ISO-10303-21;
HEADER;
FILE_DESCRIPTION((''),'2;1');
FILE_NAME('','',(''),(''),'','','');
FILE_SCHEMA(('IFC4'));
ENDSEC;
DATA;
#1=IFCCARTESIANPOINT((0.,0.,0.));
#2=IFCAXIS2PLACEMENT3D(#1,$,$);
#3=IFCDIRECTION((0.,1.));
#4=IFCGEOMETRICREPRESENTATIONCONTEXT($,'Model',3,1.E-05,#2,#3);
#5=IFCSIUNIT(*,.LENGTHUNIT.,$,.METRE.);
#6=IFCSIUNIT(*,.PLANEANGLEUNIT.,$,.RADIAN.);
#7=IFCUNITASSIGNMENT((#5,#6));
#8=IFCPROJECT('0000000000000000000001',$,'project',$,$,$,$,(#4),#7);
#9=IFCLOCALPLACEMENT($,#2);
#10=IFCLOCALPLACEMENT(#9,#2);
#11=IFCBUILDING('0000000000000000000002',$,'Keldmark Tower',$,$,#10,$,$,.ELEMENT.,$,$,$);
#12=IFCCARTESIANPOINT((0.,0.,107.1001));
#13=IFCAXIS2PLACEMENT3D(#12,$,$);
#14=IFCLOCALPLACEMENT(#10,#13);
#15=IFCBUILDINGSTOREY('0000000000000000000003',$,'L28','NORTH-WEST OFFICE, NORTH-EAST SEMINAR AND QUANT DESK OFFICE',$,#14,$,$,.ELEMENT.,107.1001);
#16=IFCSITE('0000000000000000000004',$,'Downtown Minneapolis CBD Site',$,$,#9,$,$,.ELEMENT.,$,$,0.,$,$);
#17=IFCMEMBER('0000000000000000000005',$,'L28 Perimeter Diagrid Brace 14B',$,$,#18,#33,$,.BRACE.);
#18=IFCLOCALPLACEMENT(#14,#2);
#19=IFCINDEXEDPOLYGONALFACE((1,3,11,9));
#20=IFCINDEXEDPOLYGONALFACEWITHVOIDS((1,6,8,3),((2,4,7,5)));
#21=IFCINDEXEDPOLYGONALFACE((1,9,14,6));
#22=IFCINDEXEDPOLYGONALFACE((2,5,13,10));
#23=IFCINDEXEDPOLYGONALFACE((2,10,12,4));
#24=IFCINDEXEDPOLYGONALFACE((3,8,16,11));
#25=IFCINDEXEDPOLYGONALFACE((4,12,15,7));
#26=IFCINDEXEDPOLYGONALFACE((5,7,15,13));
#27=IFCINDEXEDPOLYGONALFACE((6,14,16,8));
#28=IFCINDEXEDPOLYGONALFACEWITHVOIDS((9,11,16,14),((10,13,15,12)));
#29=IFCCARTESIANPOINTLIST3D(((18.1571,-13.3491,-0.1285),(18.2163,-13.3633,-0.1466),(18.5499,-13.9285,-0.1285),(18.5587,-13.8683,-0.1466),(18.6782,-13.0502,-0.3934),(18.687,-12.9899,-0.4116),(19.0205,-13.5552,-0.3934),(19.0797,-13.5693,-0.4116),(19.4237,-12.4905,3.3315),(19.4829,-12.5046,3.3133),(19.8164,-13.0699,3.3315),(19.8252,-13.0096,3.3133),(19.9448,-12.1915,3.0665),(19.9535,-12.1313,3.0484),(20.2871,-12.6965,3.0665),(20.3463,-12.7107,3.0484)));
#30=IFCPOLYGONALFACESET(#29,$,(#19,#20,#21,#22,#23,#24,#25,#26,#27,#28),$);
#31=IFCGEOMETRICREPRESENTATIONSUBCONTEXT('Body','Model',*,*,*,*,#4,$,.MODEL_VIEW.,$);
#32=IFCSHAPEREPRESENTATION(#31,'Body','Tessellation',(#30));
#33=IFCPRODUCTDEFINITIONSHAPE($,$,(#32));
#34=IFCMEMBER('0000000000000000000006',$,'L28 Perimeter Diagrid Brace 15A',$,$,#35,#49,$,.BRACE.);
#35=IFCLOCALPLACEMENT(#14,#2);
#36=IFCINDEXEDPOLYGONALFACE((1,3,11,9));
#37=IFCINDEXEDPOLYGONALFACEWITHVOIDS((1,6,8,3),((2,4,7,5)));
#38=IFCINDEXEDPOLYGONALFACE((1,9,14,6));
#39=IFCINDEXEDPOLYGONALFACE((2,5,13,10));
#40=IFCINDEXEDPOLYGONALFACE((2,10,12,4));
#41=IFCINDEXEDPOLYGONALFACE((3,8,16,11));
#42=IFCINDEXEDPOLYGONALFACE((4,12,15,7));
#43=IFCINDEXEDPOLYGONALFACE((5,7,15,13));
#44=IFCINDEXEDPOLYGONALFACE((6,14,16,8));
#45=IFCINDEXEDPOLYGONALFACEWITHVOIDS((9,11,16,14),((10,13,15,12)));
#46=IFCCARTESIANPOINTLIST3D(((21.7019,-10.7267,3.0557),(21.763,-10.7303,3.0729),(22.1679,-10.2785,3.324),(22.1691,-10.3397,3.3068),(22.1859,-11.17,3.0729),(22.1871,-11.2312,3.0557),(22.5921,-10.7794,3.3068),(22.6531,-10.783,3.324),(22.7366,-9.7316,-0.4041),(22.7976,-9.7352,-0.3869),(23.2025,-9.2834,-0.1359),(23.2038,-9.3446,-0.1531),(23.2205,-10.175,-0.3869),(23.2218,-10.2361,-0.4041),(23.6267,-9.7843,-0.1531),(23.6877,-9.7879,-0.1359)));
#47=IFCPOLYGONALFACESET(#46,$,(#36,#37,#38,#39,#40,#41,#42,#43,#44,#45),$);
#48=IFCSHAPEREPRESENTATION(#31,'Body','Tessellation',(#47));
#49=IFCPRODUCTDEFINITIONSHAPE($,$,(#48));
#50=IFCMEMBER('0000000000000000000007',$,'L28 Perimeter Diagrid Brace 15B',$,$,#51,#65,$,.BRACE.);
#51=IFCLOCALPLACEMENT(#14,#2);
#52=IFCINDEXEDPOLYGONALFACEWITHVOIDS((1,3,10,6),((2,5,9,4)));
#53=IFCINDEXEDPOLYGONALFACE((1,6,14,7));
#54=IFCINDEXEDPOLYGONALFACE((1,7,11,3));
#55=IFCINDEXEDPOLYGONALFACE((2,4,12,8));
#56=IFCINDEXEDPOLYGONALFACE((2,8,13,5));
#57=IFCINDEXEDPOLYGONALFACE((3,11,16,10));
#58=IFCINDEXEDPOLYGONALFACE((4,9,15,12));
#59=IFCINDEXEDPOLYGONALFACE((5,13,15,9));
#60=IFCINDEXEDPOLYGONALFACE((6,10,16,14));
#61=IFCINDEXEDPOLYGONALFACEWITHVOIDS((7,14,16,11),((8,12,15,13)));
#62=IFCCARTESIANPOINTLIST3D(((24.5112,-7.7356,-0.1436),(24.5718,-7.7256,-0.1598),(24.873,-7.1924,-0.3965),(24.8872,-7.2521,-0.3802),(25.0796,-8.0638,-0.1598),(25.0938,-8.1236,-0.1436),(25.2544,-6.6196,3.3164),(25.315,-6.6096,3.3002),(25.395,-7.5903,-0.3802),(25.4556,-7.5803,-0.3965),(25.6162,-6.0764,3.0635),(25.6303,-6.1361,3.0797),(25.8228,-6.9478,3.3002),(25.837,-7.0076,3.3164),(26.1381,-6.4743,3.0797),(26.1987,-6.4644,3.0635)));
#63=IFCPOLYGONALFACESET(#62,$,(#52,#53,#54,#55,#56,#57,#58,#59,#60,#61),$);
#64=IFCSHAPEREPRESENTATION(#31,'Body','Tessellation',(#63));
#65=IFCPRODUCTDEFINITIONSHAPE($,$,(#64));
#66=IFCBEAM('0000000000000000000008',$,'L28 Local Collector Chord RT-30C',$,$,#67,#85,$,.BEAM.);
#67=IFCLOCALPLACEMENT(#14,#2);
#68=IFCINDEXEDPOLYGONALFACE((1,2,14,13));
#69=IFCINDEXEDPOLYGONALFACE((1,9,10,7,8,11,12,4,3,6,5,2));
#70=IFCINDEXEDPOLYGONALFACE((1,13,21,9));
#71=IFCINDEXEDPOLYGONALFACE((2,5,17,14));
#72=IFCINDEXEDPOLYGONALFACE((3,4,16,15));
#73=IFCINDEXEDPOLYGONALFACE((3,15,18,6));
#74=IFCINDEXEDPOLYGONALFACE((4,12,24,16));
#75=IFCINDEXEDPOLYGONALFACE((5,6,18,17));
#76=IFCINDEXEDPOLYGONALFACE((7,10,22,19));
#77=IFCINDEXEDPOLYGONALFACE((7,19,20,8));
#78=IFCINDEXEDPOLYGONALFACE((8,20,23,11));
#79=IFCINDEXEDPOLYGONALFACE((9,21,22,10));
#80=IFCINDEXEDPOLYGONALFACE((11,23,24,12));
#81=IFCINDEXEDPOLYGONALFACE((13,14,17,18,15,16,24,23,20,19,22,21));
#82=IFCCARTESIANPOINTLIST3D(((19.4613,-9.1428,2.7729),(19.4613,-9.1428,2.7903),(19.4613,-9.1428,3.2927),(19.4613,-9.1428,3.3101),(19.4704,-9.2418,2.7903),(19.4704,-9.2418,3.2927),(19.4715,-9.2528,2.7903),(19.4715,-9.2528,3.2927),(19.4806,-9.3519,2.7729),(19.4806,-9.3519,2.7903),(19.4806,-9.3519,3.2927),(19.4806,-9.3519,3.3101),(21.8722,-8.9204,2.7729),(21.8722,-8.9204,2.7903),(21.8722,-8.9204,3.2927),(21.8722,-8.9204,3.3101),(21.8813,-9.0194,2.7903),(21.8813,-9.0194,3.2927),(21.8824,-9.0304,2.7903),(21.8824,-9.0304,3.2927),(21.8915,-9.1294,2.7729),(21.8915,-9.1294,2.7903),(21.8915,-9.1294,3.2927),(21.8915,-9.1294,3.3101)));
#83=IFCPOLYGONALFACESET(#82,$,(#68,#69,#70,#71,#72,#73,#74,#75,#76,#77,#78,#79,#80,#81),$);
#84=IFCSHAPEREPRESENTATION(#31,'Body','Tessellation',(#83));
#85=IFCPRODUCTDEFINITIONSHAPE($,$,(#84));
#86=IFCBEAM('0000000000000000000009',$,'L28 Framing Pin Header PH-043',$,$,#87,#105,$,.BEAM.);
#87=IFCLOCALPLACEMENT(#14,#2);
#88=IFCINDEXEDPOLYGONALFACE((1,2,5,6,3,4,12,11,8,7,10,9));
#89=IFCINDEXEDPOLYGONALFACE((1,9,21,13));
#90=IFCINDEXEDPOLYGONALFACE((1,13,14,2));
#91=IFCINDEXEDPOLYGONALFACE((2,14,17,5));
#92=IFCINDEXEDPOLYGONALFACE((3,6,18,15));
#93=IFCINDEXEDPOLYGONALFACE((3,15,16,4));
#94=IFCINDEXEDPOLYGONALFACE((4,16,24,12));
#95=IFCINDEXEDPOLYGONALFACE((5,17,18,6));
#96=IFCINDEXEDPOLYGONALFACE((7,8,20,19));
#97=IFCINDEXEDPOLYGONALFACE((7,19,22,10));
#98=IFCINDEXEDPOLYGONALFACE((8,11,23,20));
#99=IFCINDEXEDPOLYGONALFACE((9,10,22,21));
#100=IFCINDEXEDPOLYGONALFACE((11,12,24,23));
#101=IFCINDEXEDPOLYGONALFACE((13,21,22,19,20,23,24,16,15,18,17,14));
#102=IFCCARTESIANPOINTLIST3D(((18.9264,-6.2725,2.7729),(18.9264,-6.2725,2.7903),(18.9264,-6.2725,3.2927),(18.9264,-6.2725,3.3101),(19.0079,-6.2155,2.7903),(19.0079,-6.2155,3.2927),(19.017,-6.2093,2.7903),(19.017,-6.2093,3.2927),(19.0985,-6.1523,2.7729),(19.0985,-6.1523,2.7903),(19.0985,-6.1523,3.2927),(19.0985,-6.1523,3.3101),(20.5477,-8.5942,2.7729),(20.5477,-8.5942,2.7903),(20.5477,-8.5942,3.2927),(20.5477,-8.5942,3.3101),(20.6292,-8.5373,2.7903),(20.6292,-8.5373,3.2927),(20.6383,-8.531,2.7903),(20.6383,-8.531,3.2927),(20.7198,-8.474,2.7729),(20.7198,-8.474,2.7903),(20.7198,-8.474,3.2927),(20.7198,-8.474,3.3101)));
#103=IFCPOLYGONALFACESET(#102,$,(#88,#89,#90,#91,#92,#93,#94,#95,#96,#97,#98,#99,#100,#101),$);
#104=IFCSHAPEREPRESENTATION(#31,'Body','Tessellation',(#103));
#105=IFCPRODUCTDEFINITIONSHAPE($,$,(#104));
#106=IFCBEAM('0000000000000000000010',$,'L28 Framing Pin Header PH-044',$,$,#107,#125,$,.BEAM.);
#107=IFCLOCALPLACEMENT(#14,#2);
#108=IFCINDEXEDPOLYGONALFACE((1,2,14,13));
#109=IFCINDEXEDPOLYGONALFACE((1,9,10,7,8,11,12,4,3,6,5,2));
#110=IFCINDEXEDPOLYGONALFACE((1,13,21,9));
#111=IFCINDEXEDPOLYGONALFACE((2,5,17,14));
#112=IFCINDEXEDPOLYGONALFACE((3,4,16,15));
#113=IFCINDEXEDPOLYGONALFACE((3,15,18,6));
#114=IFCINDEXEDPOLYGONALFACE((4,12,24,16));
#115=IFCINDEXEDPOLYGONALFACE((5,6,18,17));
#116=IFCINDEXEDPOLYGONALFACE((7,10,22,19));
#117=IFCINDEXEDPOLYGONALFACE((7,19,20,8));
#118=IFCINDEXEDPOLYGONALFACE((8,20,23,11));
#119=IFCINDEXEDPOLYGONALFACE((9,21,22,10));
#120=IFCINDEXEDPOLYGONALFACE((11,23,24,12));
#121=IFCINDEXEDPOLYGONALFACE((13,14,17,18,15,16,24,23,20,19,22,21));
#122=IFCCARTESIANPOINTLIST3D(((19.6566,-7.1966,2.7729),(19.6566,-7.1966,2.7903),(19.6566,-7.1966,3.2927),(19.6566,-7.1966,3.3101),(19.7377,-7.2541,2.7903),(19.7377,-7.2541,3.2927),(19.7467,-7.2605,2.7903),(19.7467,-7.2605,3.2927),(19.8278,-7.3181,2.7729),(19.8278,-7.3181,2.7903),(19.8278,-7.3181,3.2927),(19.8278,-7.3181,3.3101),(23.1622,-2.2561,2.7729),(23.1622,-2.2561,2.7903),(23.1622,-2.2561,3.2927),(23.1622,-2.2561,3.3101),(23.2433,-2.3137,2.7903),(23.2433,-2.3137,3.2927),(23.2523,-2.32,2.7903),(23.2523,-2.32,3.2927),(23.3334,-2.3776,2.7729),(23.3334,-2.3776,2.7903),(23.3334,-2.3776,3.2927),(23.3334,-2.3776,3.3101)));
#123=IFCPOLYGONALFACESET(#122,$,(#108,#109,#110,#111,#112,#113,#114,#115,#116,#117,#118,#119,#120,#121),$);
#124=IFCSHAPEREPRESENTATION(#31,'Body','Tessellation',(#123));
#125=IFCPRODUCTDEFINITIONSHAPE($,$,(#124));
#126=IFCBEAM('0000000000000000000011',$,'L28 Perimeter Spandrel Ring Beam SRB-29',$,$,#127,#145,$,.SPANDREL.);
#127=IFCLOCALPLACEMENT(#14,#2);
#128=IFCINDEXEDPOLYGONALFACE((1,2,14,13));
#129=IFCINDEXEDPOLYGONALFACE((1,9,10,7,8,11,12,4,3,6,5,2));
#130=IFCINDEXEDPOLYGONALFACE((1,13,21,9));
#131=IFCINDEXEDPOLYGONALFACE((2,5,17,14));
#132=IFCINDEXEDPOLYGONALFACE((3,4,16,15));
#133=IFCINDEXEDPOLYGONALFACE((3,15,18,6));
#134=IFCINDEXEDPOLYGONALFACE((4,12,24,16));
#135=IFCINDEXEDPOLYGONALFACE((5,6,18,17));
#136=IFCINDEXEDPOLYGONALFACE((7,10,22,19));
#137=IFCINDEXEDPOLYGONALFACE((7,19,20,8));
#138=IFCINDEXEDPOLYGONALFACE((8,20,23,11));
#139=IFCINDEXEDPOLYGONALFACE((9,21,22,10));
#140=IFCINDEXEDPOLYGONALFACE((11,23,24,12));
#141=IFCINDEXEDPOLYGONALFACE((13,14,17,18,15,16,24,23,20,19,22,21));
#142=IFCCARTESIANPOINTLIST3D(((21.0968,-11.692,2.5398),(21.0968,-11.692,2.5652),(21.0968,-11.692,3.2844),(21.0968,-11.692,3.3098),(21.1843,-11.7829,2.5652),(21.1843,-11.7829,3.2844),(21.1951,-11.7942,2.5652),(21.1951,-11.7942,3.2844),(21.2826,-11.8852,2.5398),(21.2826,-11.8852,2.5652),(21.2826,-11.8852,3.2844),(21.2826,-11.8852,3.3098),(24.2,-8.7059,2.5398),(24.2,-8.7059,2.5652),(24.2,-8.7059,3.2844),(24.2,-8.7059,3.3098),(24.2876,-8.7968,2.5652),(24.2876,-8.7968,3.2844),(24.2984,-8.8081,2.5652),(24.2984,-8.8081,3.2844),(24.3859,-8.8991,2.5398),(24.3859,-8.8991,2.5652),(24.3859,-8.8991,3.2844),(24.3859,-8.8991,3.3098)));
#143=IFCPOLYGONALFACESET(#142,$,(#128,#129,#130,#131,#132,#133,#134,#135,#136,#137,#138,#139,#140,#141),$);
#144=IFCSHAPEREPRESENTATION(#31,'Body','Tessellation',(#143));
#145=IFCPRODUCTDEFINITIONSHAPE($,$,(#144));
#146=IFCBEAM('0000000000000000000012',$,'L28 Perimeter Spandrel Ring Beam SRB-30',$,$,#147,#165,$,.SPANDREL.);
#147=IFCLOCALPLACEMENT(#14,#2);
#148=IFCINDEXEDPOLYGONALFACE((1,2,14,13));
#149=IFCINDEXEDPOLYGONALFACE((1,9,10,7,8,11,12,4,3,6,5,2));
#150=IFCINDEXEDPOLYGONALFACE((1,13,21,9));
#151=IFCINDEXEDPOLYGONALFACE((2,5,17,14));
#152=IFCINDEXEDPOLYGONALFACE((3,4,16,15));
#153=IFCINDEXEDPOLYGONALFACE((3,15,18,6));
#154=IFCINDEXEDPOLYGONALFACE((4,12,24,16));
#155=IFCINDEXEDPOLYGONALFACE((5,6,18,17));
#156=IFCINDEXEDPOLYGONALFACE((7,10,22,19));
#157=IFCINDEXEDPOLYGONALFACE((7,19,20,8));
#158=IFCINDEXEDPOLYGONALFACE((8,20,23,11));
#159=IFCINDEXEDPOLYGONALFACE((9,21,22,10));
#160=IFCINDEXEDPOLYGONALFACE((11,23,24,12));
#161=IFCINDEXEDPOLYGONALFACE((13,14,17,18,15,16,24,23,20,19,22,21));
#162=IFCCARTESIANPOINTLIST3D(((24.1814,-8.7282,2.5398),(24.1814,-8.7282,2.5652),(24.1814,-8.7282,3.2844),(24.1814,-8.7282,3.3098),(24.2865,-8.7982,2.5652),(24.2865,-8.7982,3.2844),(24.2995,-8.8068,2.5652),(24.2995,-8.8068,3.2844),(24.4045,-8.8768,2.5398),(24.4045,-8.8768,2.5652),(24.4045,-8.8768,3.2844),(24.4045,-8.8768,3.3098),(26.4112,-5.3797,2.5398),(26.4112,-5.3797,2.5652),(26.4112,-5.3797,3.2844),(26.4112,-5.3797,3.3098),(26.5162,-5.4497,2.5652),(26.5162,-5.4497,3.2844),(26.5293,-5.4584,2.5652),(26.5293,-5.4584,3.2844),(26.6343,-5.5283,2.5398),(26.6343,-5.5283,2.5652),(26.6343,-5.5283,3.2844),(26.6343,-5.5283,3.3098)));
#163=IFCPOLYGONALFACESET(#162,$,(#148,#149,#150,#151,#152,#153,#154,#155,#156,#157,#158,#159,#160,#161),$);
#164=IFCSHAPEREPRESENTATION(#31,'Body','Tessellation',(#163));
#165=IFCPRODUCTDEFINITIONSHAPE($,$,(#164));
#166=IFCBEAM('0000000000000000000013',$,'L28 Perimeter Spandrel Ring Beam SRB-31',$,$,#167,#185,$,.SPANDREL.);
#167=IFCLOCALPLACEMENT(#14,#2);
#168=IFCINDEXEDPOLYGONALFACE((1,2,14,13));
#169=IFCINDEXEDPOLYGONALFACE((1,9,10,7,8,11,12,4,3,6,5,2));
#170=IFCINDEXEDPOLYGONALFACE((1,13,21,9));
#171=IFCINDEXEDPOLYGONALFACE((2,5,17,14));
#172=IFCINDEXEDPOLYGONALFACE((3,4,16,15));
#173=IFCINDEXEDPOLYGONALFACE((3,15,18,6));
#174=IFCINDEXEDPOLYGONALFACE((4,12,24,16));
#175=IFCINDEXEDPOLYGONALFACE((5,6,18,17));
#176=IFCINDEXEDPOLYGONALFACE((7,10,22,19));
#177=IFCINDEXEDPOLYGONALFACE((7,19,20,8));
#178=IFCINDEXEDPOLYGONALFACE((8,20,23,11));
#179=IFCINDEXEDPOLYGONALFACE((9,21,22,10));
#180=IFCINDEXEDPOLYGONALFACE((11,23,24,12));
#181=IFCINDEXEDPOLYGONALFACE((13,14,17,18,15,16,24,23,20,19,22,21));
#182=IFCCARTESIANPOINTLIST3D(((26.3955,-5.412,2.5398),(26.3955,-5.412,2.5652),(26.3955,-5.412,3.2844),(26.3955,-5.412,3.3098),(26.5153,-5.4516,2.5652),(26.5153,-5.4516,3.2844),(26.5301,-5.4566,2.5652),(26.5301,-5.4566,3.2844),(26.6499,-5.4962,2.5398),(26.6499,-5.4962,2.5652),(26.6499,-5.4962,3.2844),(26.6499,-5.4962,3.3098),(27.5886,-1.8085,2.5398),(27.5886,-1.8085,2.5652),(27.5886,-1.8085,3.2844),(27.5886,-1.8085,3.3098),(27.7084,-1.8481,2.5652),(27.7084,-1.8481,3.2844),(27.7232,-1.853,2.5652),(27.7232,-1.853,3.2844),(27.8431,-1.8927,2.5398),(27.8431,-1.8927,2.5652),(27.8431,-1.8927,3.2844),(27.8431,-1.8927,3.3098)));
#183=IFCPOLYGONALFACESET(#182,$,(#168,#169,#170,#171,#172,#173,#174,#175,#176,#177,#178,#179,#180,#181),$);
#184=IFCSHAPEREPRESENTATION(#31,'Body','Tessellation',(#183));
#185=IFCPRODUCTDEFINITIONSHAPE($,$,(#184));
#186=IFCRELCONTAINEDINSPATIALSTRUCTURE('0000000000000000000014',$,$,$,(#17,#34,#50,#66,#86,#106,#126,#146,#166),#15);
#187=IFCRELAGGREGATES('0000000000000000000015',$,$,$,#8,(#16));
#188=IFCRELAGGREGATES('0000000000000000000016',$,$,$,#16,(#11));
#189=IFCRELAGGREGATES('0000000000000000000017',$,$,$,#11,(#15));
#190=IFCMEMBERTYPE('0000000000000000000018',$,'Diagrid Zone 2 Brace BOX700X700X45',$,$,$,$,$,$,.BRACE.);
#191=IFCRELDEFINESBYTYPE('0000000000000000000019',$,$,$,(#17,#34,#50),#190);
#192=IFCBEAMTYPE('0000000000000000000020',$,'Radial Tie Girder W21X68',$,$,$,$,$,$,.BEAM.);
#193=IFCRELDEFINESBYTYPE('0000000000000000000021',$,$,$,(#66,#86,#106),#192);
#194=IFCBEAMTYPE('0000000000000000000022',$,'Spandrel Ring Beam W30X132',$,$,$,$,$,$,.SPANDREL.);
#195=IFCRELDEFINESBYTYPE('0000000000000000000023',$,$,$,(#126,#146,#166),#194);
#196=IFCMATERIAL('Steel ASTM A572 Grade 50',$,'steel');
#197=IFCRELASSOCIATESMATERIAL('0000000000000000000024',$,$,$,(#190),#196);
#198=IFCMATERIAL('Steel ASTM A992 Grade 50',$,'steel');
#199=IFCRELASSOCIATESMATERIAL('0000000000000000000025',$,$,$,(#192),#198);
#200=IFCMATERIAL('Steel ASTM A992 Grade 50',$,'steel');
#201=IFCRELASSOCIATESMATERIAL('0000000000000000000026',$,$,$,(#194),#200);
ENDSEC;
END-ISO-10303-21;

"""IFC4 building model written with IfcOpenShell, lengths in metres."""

from ifc_helpers import new_model, si_unit, direction, frame, origin, origin_2d, place, context, subcontext, project, spatial, hollow_rectangle, i_section, extrude, material, material_profile, profile_set, type_object, element, save


model = new_model("IFC4")

# Units and contexts
model_context = context("Model", 3, precision=1e-05, world=origin(), true_north=direction((0.0, 1.0)))
body_context = subcontext(model_context, "Body", "Model", "MODEL_VIEW")
ifc_project = project(units=[si_unit("LENGTHUNIT", "METRE"), si_unit("PLANEANGLEUNIT", "RADIAN")], contexts=[model_context])

# Site, building, storey
site_placement = place(None, origin())
site = spatial("IfcSite", under=ifc_project, at=site_placement, Name="Downtown Minneapolis CBD Site", CompositionType="ELEMENT", RefElevation=0.0)
building_placement = place(site_placement, origin())
building = spatial("IfcBuilding", under=site, at=building_placement, Name="Keldmark Tower", CompositionType="ELEMENT")
storey_placement = place(building_placement, frame((0.0, 0.0, 107.1001)))
storey = spatial("IfcBuildingStorey", under=building, at=storey_placement, Name="L28", Description="NORTH-WEST OFFICE, NORTH-EAST SEMINAR AND QUANT DESK OFFICE", CompositionType="ELEMENT", Elevation=107.1001)

# Members
ifc_material_1 = material(Name="Steel ASTM A572 Grade 50", Category="steel")
ifc_material_profile_1 = material_profile(ifc_material_1, hollow_rectangle(XDim=0.7, YDim=0.7, WallThickness=0.0449, at=origin_2d()), Name="BOX700X700X45")
ifc_profile_set_1 = profile_set([ifc_material_profile_1], Name="Steel ASTM A572 Grade 50")
member_type = type_object("IfcMemberType", Name="Diagrid Zone 2 Brace BOX700X700X45", PredefinedType="BRACE", material=ifc_profile_set_1)
member_1_placement = place(storey_placement, frame((18.6184, -13.4592, -0.27), z_axis=(0.334793, 0.22696, 0.914551), x_axis=(-0.561127, 0.82773, 0.0)))
element("IfcMember", 1, at=member_1_placement, inside=storey, type_object=member_type, Name="L28 Perimeter Diagrid Brace 14B", PredefinedType="BRACE", context=body_context, shape_type="SweptSolid", body=[
    extrude(hollow_rectangle(XDim=0.7, YDim=0.7, WallThickness=0.0449, at=origin_2d()), origin(), (0.0, 0.0, 1.0), 3.7832),
])
member_2_placement = place(storey_placement, frame((23.2122, -9.7598, -0.27), z_axis=(-0.27621, -0.265652, 0.923654), x_axis=(0.693197, -0.720748, 0.0)))
element("IfcMember", 2, at=member_2_placement, inside=storey, type_object=member_type, Name="L28 Perimeter Diagrid Brace 15A", PredefinedType="BRACE", context=body_context, shape_type="SweptSolid", body=[
    extrude(hollow_rectangle(XDim=0.7, YDim=0.7, WallThickness=0.0449, at=origin_2d()), origin(), (0.0, 0.0, 1.0), 3.7458),
])
member_3_placement = place(storey_placement, frame((24.9834, -7.658, -0.27), z_axis=(0.200278, 0.300746, 0.932438), x_axis=(-0.83233, 0.55428, 0.0)))
element("IfcMember", 3, at=member_3_placement, inside=storey, type_object=member_type, Name="L28 Perimeter Diagrid Brace 15B", PredefinedType="BRACE", context=body_context, shape_type="SweptSolid", body=[
    extrude(hollow_rectangle(XDim=0.7, YDim=0.7, WallThickness=0.0449, at=origin_2d()), origin(), (0.0, 0.0, 1.0), 3.7107),
])

# Beams
ifc_material_2 = material(Name="Steel ASTM A992 Grade 50", Category="steel")
ifc_material_profile_2 = material_profile(ifc_material_2, i_section(OverallWidth=0.21, OverallDepth=0.5371, WebThickness=0.011, FlangeThickness=0.0173, at=origin_2d()), Name="W21X68")
ifc_profile_set_2 = profile_set([ifc_material_profile_2], Name="Steel ASTM A992 Grade 50")
beam_type_1 = type_object("IfcBeamType", Name="Radial Tie Girder W21X68", PredefinedType="BEAM", material=ifc_profile_set_2)
beam_1_placement = place(storey_placement, frame((19.4709, -9.2473, 3.0415), z_axis=(0.995772, 0.091863, 0.0), x_axis=(-0.091863, 0.995772, 0.0)))
element("IfcBeam", 4, at=beam_1_placement, inside=storey, type_object=beam_type_1, Name="L28 Local Collector Chord RT-30C", PredefinedType="BEAM", context=body_context, shape_type="SweptSolid", body=[
    extrude(i_section(OverallWidth=0.21, OverallDepth=0.5371, WebThickness=0.011, FlangeThickness=0.0173, at=origin_2d()), origin(), (0.0, 0.0, 1.0), 2.4211),
])
beam_2_placement = place(storey_placement, frame((19.0125, -6.2124, 3.0415), z_axis=(0.572536, -0.819879, 0.0), x_axis=(0.819879, 0.572536, 0.0)))
element("IfcBeam", 5, at=beam_2_placement, inside=storey, type_object=beam_type_1, Name="L28 Framing Pin Header PH-043", PredefinedType="BEAM", context=body_context, shape_type="SweptSolid", body=[
    extrude(i_section(OverallWidth=0.21, OverallDepth=0.5371, WebThickness=0.011, FlangeThickness=0.0173, at=origin_2d()), origin(), (0.0, 0.0, 1.0), 2.8318),
])
beam_3_placement = place(storey_placement, frame((19.7422, -7.2573, 3.0415), z_axis=(0.578693, 0.815546, 0.0), x_axis=(-0.815546, 0.578693, 0.0)))
element("IfcBeam", 6, at=beam_3_placement, inside=storey, type_object=beam_type_1, Name="L28 Framing Pin Header PH-044", PredefinedType="BEAM", context=body_context, shape_type="SweptSolid", body=[
    extrude(i_section(OverallWidth=0.21, OverallDepth=0.5371, WebThickness=0.011, FlangeThickness=0.0173, at=origin_2d()), origin(), (0.0, 0.0, 1.0), 6.0579),
])
ifc_material_3 = material(Name="Steel ASTM A992 Grade 50", Category="steel")
ifc_material_profile_3 = material_profile(ifc_material_3, i_section(OverallWidth=0.2681, OverallDepth=0.77, WebThickness=0.0156, FlangeThickness=0.0254, at=origin_2d()), Name="W30X132")
ifc_profile_set_3 = profile_set([ifc_material_profile_3], Name="Steel ASTM A992 Grade 50")
beam_type_2 = type_object("IfcBeamType", Name="Spandrel Ring Beam W30X132", PredefinedType="SPANDREL", material=ifc_profile_set_3)
beam_4_placement = place(storey_placement, frame((21.1897, -11.7886, 2.9248), z_axis=(0.720581, 0.69337, 0.0), x_axis=(-0.69337, 0.720581, 0.0)))
element("IfcBeam", 7, at=beam_4_placement, inside=storey, type_object=beam_type_2, Name="L28 Perimeter Spandrel Ring Beam SRB-29", PredefinedType="SPANDREL", context=body_context, shape_type="SweptSolid", body=[
    extrude(i_section(OverallWidth=0.2681, OverallDepth=0.77, WebThickness=0.0156, FlangeThickness=0.0254, at=origin_2d()), origin(), (0.0, 0.0, 1.0), 4.3066),
])
beam_5_placement = place(storey_placement, frame((24.293, -8.8025, 2.9248), z_axis=(0.554266, 0.83234, 0.0), x_axis=(-0.83234, 0.554266, 0.0)))
element("IfcBeam", 8, at=beam_5_placement, inside=storey, type_object=beam_type_2, Name="L28 Perimeter Spandrel Ring Beam SRB-30", PredefinedType="SPANDREL", context=body_context, shape_type="SweptSolid", body=[
    extrude(i_section(OverallWidth=0.2681, OverallDepth=0.77, WebThickness=0.0156, FlangeThickness=0.0254, at=origin_2d()), origin(), (0.0, 0.0, 1.0), 4.0229),
])
beam_6_placement = place(storey_placement, frame((26.5227, -5.4541, 2.9248), z_axis=(0.314317, 0.949318, 0.0), x_axis=(-0.949318, 0.314317, 0.0)))
element("IfcBeam", 9, at=beam_6_placement, inside=storey, type_object=beam_type_2, Name="L28 Perimeter Spandrel Ring Beam SRB-31", PredefinedType="SPANDREL", context=body_context, shape_type="SweptSolid", body=[
    extrude(i_section(OverallWidth=0.2681, OverallDepth=0.77, WebThickness=0.0156, FlangeThickness=0.0254, at=origin_2d()), origin(), (0.0, 0.0, 1.0), 3.7959),
])

save(model, "model.ifc")
